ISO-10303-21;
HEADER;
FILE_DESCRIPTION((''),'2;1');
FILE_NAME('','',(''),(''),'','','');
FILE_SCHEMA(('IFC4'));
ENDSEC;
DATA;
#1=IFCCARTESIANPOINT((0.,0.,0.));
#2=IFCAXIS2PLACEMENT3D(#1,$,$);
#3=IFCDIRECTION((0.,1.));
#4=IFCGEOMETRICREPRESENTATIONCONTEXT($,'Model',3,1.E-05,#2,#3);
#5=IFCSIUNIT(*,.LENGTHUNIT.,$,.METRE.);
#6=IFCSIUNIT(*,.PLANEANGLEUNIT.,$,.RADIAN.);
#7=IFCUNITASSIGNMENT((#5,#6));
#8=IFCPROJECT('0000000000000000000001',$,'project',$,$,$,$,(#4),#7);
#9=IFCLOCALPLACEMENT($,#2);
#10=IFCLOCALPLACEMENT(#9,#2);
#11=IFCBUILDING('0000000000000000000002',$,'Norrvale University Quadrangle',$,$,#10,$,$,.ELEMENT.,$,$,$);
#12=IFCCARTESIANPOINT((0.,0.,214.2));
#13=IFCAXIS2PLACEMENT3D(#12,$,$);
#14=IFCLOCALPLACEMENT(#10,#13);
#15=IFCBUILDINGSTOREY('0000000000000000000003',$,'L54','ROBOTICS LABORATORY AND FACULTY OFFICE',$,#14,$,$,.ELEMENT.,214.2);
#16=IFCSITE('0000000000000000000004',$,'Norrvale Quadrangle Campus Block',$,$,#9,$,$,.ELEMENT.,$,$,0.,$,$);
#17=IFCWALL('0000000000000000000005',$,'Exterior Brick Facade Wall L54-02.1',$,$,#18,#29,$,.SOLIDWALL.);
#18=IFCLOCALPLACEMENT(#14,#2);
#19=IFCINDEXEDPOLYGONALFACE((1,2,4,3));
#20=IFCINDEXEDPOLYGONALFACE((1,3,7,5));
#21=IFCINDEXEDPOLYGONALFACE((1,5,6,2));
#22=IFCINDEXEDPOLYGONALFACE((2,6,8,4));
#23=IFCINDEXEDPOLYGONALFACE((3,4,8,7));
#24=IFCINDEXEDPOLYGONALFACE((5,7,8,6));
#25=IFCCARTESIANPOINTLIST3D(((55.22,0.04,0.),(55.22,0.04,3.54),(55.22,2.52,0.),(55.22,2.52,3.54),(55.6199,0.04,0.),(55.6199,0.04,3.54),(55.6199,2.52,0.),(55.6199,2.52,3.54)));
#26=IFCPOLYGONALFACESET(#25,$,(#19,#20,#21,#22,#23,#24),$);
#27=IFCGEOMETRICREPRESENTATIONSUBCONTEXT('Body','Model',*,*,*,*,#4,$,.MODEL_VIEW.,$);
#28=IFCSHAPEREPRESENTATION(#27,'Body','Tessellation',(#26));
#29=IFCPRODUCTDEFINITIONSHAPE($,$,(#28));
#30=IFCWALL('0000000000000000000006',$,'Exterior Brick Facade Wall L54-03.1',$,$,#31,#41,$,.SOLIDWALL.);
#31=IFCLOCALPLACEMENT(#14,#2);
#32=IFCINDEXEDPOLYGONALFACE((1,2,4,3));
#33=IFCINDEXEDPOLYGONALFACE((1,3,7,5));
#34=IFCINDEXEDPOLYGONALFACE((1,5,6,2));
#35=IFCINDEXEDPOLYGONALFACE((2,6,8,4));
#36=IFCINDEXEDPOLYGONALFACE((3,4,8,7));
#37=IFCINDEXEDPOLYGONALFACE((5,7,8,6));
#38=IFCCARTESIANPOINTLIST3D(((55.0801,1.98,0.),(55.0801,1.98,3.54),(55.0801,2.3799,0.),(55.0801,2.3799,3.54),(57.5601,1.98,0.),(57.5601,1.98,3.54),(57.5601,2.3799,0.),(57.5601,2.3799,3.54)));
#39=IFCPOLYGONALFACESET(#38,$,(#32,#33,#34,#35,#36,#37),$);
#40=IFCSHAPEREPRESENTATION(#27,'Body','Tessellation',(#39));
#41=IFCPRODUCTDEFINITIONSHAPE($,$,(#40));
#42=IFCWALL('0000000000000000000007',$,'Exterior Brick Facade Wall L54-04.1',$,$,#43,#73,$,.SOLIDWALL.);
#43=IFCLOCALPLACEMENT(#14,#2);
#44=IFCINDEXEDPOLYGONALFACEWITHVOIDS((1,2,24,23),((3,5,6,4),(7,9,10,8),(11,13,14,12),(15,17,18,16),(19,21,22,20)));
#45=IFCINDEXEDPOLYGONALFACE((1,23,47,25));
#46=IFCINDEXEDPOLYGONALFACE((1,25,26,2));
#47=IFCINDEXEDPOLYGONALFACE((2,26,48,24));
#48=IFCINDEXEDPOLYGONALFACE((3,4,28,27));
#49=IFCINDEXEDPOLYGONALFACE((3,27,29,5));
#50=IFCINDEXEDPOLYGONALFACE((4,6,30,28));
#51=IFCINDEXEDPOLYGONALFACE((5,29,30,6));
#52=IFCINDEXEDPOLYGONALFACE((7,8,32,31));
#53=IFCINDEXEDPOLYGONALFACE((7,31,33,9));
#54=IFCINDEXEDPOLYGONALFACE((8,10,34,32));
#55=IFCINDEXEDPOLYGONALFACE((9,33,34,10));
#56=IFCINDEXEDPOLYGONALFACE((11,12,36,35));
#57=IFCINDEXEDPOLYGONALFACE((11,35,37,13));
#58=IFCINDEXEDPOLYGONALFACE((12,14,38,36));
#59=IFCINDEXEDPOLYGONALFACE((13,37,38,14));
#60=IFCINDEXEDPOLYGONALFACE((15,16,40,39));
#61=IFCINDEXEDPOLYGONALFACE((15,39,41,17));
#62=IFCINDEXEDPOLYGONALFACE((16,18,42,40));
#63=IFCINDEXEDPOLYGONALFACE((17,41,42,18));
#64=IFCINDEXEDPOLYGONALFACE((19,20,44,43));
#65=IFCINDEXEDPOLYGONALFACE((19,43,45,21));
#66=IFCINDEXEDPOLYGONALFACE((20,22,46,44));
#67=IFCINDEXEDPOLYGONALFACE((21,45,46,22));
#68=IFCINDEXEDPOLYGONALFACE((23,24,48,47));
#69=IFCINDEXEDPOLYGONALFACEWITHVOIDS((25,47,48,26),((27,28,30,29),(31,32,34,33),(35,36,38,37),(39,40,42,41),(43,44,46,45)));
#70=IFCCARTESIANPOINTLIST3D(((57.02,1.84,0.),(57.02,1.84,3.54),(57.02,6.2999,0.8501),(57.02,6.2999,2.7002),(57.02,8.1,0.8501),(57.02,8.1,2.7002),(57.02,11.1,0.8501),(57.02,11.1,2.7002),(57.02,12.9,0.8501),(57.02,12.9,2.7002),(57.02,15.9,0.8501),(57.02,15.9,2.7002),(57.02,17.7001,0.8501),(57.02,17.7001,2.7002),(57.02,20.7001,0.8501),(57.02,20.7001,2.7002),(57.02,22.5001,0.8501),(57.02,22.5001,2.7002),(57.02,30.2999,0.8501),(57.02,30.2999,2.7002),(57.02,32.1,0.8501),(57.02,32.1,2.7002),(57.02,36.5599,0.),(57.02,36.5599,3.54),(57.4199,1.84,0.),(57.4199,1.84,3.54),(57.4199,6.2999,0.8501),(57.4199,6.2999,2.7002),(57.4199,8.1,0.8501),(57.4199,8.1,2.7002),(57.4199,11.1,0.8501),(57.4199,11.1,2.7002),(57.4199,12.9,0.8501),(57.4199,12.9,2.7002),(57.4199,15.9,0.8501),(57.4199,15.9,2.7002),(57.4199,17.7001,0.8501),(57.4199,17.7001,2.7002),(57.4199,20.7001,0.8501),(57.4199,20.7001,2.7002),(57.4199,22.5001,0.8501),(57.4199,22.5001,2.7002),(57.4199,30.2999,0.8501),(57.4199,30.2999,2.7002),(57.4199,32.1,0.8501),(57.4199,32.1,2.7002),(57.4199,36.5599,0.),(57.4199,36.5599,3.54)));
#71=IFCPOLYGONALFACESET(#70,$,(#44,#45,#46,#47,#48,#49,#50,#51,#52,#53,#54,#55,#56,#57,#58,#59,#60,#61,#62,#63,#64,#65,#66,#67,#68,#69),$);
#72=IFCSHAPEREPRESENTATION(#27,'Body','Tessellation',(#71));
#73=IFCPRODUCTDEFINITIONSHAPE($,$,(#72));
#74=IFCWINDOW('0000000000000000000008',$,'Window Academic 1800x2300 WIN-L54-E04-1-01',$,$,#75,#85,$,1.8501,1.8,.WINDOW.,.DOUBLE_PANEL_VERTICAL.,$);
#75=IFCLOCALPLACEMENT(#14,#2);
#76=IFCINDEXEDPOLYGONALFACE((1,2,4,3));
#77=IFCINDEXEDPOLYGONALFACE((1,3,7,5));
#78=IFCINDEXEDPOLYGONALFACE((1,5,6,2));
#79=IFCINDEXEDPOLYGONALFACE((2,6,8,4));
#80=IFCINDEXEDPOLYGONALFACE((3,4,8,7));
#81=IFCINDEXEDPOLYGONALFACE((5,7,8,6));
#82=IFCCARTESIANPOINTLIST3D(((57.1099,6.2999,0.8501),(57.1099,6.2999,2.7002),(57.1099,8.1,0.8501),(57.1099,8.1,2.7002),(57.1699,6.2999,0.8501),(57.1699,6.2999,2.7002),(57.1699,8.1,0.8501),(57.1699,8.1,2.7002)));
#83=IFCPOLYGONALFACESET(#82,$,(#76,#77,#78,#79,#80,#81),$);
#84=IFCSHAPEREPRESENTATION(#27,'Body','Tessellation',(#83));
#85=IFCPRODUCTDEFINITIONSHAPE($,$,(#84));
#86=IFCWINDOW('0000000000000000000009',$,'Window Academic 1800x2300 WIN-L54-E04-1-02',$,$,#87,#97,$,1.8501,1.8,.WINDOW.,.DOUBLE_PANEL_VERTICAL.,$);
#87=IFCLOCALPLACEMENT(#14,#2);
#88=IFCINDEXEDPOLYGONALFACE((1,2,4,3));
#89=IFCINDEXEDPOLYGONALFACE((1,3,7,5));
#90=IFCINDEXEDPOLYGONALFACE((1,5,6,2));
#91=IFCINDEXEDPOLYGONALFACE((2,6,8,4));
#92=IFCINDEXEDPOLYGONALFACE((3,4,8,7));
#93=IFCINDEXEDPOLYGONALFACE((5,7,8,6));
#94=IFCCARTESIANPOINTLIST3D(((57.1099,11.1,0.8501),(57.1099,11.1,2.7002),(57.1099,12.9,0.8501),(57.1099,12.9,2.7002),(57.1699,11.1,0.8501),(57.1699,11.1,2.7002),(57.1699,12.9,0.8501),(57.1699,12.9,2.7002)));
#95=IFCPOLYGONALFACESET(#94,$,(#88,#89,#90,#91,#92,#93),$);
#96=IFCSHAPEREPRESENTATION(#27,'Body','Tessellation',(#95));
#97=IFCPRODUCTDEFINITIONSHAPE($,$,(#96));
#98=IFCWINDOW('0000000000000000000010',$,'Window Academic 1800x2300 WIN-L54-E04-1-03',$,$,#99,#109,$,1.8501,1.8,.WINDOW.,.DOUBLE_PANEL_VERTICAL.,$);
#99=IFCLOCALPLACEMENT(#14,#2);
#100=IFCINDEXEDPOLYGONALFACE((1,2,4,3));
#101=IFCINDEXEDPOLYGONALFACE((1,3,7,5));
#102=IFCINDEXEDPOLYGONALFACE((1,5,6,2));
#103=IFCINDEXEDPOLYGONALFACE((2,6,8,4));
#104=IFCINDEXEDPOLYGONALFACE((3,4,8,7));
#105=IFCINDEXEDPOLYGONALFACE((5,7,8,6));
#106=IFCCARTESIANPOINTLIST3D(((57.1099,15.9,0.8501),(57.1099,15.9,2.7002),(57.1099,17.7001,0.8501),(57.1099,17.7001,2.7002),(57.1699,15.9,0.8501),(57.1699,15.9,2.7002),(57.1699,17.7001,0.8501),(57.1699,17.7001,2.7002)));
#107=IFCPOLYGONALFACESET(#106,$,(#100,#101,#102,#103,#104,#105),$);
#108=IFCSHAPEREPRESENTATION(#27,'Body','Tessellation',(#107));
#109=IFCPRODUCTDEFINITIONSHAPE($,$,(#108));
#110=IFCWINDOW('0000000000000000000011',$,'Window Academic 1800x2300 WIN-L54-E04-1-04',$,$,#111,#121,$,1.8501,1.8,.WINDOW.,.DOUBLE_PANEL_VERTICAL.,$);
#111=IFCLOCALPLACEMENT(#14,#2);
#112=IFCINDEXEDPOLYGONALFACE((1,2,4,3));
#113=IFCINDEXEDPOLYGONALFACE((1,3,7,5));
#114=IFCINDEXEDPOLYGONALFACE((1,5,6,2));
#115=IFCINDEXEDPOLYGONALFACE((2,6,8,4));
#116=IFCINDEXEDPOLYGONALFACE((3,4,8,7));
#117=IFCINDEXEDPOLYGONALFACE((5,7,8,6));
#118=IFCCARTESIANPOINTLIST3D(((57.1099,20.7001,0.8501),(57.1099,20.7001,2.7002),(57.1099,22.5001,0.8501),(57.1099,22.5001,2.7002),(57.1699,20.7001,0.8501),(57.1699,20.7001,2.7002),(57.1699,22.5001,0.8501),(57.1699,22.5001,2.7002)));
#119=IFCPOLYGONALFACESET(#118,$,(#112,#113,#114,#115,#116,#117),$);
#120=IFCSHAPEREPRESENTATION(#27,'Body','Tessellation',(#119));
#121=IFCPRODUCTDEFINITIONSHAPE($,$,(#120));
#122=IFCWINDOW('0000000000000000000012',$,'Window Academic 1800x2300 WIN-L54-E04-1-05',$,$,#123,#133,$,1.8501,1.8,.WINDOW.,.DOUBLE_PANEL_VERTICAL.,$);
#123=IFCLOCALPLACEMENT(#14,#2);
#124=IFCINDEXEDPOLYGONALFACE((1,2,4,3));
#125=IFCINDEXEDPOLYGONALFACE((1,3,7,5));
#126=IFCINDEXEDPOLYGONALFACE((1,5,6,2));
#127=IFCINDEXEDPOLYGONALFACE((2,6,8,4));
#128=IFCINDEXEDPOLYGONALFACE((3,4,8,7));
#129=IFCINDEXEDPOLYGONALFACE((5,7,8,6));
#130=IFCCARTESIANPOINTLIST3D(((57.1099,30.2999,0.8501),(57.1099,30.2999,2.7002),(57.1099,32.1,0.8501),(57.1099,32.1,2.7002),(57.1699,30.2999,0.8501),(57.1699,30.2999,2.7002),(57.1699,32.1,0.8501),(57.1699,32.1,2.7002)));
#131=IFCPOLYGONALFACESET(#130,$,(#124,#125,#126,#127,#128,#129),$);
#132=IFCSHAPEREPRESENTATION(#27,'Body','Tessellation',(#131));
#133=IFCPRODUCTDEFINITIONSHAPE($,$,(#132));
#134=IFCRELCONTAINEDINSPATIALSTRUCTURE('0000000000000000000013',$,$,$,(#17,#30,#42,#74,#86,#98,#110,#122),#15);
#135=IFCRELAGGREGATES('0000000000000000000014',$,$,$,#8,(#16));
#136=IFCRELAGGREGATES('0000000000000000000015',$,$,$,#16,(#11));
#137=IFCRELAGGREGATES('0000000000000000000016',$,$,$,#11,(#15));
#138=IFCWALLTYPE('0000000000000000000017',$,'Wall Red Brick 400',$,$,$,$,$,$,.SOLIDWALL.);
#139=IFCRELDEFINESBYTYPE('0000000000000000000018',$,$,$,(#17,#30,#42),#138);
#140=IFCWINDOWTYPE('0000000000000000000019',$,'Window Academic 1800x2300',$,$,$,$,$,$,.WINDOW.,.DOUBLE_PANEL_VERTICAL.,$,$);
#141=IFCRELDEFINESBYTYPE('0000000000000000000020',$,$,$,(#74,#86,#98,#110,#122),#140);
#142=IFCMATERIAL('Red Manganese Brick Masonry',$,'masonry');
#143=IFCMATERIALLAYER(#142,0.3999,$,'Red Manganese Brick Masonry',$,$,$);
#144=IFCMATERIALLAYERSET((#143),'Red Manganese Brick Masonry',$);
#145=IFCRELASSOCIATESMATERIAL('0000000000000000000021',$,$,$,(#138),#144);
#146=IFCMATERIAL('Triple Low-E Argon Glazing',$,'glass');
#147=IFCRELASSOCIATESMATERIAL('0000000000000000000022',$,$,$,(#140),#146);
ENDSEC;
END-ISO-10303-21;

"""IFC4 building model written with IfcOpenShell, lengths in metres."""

from ifc_helpers import new_model, si_unit, direction, frame, frame_2d, origin, place, context, subcontext, project, spatial, rectangle, extrude, material, layer, layer_set, type_object, element, fill, save


model = new_model("IFC4")

# Units and contexts
model_context = context("Model", 3, precision=1e-05, world=origin(), true_north=direction((0.0, 1.0)))
body_context = subcontext(model_context, "Body", "Model", "MODEL_VIEW")
ifc_project = project(units=[si_unit("LENGTHUNIT", "METRE"), si_unit("PLANEANGLEUNIT", "RADIAN")], contexts=[model_context])

# Site, building, storey
site_placement = place(None, origin())
site = spatial("IfcSite", under=ifc_project, at=site_placement, Name="Norrvale Quadrangle Campus Block", CompositionType="ELEMENT", RefElevation=0.0)
building_placement = place(site_placement, origin())
building = spatial("IfcBuilding", under=site, at=building_placement, Name="Norrvale University Quadrangle", CompositionType="ELEMENT")
storey_placement = place(building_placement, frame((0.0, 0.0, 214.2)))
storey = spatial("IfcBuildingStorey", under=building, at=storey_placement, Name="L54", Description="ROBOTICS LABORATORY AND FACULTY OFFICE", CompositionType="ELEMENT", Elevation=214.2)

# Walls
ifc_material_1 = material(Name="Red Manganese Brick Masonry", Category="masonry")
ifc_layer = layer(ifc_material_1, 0.3999, Name="Red Manganese Brick Masonry")
ifc_layer_set = layer_set([ifc_layer], Name="Red Manganese Brick Masonry")
wall_type = type_object("IfcWallType", Name="Wall Red Brick 400", PredefinedType="SOLIDWALL", material=ifc_layer_set)
for number, where, z_axis, x_axis, name in (
    (1, (55.4199, 0.04, 0.0), (0.0, 0.0, 1.0), (0.0, 1.0, 0.0), "Exterior Brick Facade Wall L54-02.1"),
    (2, (55.0801, 2.1799, 0.0), (0.0, 0.0, 1.0), (1.0, 0.0, 0.0), "Exterior Brick Facade Wall L54-03.1"),
):
    element("IfcWall", number, at=place(storey_placement, frame(where, z_axis=z_axis, x_axis=x_axis)), inside=storey, type_object=wall_type, Name=name, PredefinedType="SOLIDWALL", context=body_context, shape_type="SweptSolid", body=[
        extrude(rectangle(XDim=2.48, YDim=0.3999, at=frame_2d((1.24, 0.0))), origin(), (0.0, 0.0, 1.0), 3.54),
    ])

# Wall, openings, windows
wall_placement = place(storey_placement, frame((57.22, 1.8401, 0.0), z_axis=(0.0, 0.0, 1.0), x_axis=(0.0, 1.0, 0.0)))
wall = element("IfcWall", 3, at=wall_placement, inside=storey, type_object=wall_type, Name="Exterior Brick Facade Wall L54-04.1", PredefinedType="SOLIDWALL", context=body_context, shape_type="SweptSolid", body=[
    extrude(rectangle(XDim=34.72, YDim=0.3999, at=frame_2d((17.3599, 0.0))), origin(), (0.0, 0.0, 1.0), 3.54),
])
opening_1_placement = place(wall_placement, frame((4.46, 0.0, 0.8501)))
opening_1 = element("IfcOpeningElement", 4, at=opening_1_placement, cuts=wall, PredefinedType="OPENING", context=body_context, shape_type="SweptSolid", body=[
    extrude(rectangle(XDim=1.8, YDim=1.8501, at=frame_2d((0.8999, 0.925))), frame((0.0, 0.2119, 0.0), z_axis=(0.0, -1.0, 0.0), x_axis=(1.0, 0.0, 0.0)), (0.0, 0.0, 1.0), 0.4238),
])
opening_2_placement = place(wall_placement, frame((9.26, 0.0, 0.8501)))
opening_2 = element("IfcOpeningElement", 5, at=opening_2_placement, cuts=wall, PredefinedType="OPENING", context=body_context, shape_type="SweptSolid", body=[
    extrude(rectangle(XDim=1.8, YDim=1.8501, at=frame_2d((0.8999, 0.925))), frame((0.0, 0.2119, 0.0), z_axis=(0.0, -1.0, 0.0), x_axis=(1.0, 0.0, 0.0)), (0.0, 0.0, 1.0), 0.4238),
])
opening_3_placement = place(wall_placement, frame((14.0601, 0.0, 0.8501)))
opening_3 = element("IfcOpeningElement", 6, at=opening_3_placement, cuts=wall, PredefinedType="OPENING", context=body_context, shape_type="SweptSolid", body=[
    extrude(rectangle(XDim=1.8, YDim=1.8501, at=frame_2d((0.8999, 0.925))), frame((0.0, 0.2119, 0.0), z_axis=(0.0, -1.0, 0.0), x_axis=(1.0, 0.0, 0.0)), (0.0, 0.0, 1.0), 0.4238),
])
opening_4_placement = place(wall_placement, frame((18.8601, 0.0, 0.8501)))
opening_4 = element("IfcOpeningElement", 7, at=opening_4_placement, cuts=wall, PredefinedType="OPENING", context=body_context, shape_type="SweptSolid", body=[
    extrude(rectangle(XDim=1.8, YDim=1.8501, at=frame_2d((0.8999, 0.925))), frame((0.0, 0.2119, 0.0), z_axis=(0.0, -1.0, 0.0), x_axis=(1.0, 0.0, 0.0)), (0.0, 0.0, 1.0), 0.4238),
])
opening_5_placement = place(wall_placement, frame((28.46, 0.0, 0.8501)))
opening_5 = element("IfcOpeningElement", 8, at=opening_5_placement, cuts=wall, PredefinedType="OPENING", context=body_context, shape_type="SweptSolid", body=[
    extrude(rectangle(XDim=1.8, YDim=1.8501, at=frame_2d((0.8999, 0.925))), frame((0.0, 0.2119, 0.0), z_axis=(0.0, -1.0, 0.0), x_axis=(1.0, 0.0, 0.0)), (0.0, 0.0, 1.0), 0.4238),
])
ifc_material_2 = material(Name="Triple Low-E Argon Glazing", Category="glass")
window_type = type_object("IfcWindowType", Name="Window Academic 1800x2300", PartitioningType="DOUBLE_PANEL_VERTICAL", PredefinedType="WINDOW", material=ifc_material_2)
window_1_placement = place(opening_1_placement, origin())
window_1 = element("IfcWindow", 9, at=window_1_placement, inside=storey, type_object=window_type, Name="Window Academic 1800x2300 WIN-L54-E04-1-01", OverallHeight=1.8501, OverallWidth=1.8, PartitioningType="DOUBLE_PANEL_VERTICAL", PredefinedType="WINDOW", context=body_context, shape_type="SweptSolid", body=[
    extrude(rectangle(XDim=1.8, YDim=1.8501, at=frame_2d((0.8999, 0.925))), frame((0.0, 0.1101, 0.0), z_axis=(0.0, -1.0, 0.0), x_axis=(1.0, 0.0, 0.0)), (0.0, 0.0, 1.0), 0.0601),
])
fill(opening_1, window_1)
window_2_placement = place(opening_2_placement, origin())
window_2 = element("IfcWindow", 10, at=window_2_placement, inside=storey, type_object=window_type, Name="Window Academic 1800x2300 WIN-L54-E04-1-02", OverallHeight=1.8501, OverallWidth=1.8, PartitioningType="DOUBLE_PANEL_VERTICAL", PredefinedType="WINDOW", context=body_context, shape_type="SweptSolid", body=[
    extrude(rectangle(XDim=1.8, YDim=1.8501, at=frame_2d((0.8999, 0.925))), frame((0.0, 0.1101, 0.0), z_axis=(0.0, -1.0, 0.0), x_axis=(1.0, 0.0, 0.0)), (0.0, 0.0, 1.0), 0.0601),
])
fill(opening_2, window_2)
window_3_placement = place(opening_3_placement, origin())
window_3 = element("IfcWindow", 11, at=window_3_placement, inside=storey, type_object=window_type, Name="Window Academic 1800x2300 WIN-L54-E04-1-03", OverallHeight=1.8501, OverallWidth=1.8, PartitioningType="DOUBLE_PANEL_VERTICAL", PredefinedType="WINDOW", context=body_context, shape_type="SweptSolid", body=[
    extrude(rectangle(XDim=1.8, YDim=1.8501, at=frame_2d((0.8999, 0.925))), frame((0.0, 0.1101, 0.0), z_axis=(0.0, -1.0, 0.0), x_axis=(1.0, 0.0, 0.0)), (0.0, 0.0, 1.0), 0.0601),
])
fill(opening_3, window_3)
window_4_placement = place(opening_4_placement, origin())
window_4 = element("IfcWindow", 12, at=window_4_placement, inside=storey, type_object=window_type, Name="Window Academic 1800x2300 WIN-L54-E04-1-04", OverallHeight=1.8501, OverallWidth=1.8, PartitioningType="DOUBLE_PANEL_VERTICAL", PredefinedType="WINDOW", context=body_context, shape_type="SweptSolid", body=[
    extrude(rectangle(XDim=1.8, YDim=1.8501, at=frame_2d((0.8999, 0.925))), frame((0.0, 0.1101, 0.0), z_axis=(0.0, -1.0, 0.0), x_axis=(1.0, 0.0, 0.0)), (0.0, 0.0, 1.0), 0.0601),
])
fill(opening_4, window_4)
window_5_placement = place(opening_5_placement, origin())
window_5 = element("IfcWindow", 13, at=window_5_placement, inside=storey, type_object=window_type, Name="Window Academic 1800x2300 WIN-L54-E04-1-05", OverallHeight=1.8501, OverallWidth=1.8, PartitioningType="DOUBLE_PANEL_VERTICAL", PredefinedType="WINDOW", context=body_context, shape_type="SweptSolid", body=[
    extrude(rectangle(XDim=1.8, YDim=1.8501, at=frame_2d((0.8999, 0.925))), frame((0.0, 0.1101, 0.0), z_axis=(0.0, -1.0, 0.0), x_axis=(1.0, 0.0, 0.0)), (0.0, 0.0, 1.0), 0.0601),
])
fill(opening_5, window_5)

save(model, "model.ifc")
